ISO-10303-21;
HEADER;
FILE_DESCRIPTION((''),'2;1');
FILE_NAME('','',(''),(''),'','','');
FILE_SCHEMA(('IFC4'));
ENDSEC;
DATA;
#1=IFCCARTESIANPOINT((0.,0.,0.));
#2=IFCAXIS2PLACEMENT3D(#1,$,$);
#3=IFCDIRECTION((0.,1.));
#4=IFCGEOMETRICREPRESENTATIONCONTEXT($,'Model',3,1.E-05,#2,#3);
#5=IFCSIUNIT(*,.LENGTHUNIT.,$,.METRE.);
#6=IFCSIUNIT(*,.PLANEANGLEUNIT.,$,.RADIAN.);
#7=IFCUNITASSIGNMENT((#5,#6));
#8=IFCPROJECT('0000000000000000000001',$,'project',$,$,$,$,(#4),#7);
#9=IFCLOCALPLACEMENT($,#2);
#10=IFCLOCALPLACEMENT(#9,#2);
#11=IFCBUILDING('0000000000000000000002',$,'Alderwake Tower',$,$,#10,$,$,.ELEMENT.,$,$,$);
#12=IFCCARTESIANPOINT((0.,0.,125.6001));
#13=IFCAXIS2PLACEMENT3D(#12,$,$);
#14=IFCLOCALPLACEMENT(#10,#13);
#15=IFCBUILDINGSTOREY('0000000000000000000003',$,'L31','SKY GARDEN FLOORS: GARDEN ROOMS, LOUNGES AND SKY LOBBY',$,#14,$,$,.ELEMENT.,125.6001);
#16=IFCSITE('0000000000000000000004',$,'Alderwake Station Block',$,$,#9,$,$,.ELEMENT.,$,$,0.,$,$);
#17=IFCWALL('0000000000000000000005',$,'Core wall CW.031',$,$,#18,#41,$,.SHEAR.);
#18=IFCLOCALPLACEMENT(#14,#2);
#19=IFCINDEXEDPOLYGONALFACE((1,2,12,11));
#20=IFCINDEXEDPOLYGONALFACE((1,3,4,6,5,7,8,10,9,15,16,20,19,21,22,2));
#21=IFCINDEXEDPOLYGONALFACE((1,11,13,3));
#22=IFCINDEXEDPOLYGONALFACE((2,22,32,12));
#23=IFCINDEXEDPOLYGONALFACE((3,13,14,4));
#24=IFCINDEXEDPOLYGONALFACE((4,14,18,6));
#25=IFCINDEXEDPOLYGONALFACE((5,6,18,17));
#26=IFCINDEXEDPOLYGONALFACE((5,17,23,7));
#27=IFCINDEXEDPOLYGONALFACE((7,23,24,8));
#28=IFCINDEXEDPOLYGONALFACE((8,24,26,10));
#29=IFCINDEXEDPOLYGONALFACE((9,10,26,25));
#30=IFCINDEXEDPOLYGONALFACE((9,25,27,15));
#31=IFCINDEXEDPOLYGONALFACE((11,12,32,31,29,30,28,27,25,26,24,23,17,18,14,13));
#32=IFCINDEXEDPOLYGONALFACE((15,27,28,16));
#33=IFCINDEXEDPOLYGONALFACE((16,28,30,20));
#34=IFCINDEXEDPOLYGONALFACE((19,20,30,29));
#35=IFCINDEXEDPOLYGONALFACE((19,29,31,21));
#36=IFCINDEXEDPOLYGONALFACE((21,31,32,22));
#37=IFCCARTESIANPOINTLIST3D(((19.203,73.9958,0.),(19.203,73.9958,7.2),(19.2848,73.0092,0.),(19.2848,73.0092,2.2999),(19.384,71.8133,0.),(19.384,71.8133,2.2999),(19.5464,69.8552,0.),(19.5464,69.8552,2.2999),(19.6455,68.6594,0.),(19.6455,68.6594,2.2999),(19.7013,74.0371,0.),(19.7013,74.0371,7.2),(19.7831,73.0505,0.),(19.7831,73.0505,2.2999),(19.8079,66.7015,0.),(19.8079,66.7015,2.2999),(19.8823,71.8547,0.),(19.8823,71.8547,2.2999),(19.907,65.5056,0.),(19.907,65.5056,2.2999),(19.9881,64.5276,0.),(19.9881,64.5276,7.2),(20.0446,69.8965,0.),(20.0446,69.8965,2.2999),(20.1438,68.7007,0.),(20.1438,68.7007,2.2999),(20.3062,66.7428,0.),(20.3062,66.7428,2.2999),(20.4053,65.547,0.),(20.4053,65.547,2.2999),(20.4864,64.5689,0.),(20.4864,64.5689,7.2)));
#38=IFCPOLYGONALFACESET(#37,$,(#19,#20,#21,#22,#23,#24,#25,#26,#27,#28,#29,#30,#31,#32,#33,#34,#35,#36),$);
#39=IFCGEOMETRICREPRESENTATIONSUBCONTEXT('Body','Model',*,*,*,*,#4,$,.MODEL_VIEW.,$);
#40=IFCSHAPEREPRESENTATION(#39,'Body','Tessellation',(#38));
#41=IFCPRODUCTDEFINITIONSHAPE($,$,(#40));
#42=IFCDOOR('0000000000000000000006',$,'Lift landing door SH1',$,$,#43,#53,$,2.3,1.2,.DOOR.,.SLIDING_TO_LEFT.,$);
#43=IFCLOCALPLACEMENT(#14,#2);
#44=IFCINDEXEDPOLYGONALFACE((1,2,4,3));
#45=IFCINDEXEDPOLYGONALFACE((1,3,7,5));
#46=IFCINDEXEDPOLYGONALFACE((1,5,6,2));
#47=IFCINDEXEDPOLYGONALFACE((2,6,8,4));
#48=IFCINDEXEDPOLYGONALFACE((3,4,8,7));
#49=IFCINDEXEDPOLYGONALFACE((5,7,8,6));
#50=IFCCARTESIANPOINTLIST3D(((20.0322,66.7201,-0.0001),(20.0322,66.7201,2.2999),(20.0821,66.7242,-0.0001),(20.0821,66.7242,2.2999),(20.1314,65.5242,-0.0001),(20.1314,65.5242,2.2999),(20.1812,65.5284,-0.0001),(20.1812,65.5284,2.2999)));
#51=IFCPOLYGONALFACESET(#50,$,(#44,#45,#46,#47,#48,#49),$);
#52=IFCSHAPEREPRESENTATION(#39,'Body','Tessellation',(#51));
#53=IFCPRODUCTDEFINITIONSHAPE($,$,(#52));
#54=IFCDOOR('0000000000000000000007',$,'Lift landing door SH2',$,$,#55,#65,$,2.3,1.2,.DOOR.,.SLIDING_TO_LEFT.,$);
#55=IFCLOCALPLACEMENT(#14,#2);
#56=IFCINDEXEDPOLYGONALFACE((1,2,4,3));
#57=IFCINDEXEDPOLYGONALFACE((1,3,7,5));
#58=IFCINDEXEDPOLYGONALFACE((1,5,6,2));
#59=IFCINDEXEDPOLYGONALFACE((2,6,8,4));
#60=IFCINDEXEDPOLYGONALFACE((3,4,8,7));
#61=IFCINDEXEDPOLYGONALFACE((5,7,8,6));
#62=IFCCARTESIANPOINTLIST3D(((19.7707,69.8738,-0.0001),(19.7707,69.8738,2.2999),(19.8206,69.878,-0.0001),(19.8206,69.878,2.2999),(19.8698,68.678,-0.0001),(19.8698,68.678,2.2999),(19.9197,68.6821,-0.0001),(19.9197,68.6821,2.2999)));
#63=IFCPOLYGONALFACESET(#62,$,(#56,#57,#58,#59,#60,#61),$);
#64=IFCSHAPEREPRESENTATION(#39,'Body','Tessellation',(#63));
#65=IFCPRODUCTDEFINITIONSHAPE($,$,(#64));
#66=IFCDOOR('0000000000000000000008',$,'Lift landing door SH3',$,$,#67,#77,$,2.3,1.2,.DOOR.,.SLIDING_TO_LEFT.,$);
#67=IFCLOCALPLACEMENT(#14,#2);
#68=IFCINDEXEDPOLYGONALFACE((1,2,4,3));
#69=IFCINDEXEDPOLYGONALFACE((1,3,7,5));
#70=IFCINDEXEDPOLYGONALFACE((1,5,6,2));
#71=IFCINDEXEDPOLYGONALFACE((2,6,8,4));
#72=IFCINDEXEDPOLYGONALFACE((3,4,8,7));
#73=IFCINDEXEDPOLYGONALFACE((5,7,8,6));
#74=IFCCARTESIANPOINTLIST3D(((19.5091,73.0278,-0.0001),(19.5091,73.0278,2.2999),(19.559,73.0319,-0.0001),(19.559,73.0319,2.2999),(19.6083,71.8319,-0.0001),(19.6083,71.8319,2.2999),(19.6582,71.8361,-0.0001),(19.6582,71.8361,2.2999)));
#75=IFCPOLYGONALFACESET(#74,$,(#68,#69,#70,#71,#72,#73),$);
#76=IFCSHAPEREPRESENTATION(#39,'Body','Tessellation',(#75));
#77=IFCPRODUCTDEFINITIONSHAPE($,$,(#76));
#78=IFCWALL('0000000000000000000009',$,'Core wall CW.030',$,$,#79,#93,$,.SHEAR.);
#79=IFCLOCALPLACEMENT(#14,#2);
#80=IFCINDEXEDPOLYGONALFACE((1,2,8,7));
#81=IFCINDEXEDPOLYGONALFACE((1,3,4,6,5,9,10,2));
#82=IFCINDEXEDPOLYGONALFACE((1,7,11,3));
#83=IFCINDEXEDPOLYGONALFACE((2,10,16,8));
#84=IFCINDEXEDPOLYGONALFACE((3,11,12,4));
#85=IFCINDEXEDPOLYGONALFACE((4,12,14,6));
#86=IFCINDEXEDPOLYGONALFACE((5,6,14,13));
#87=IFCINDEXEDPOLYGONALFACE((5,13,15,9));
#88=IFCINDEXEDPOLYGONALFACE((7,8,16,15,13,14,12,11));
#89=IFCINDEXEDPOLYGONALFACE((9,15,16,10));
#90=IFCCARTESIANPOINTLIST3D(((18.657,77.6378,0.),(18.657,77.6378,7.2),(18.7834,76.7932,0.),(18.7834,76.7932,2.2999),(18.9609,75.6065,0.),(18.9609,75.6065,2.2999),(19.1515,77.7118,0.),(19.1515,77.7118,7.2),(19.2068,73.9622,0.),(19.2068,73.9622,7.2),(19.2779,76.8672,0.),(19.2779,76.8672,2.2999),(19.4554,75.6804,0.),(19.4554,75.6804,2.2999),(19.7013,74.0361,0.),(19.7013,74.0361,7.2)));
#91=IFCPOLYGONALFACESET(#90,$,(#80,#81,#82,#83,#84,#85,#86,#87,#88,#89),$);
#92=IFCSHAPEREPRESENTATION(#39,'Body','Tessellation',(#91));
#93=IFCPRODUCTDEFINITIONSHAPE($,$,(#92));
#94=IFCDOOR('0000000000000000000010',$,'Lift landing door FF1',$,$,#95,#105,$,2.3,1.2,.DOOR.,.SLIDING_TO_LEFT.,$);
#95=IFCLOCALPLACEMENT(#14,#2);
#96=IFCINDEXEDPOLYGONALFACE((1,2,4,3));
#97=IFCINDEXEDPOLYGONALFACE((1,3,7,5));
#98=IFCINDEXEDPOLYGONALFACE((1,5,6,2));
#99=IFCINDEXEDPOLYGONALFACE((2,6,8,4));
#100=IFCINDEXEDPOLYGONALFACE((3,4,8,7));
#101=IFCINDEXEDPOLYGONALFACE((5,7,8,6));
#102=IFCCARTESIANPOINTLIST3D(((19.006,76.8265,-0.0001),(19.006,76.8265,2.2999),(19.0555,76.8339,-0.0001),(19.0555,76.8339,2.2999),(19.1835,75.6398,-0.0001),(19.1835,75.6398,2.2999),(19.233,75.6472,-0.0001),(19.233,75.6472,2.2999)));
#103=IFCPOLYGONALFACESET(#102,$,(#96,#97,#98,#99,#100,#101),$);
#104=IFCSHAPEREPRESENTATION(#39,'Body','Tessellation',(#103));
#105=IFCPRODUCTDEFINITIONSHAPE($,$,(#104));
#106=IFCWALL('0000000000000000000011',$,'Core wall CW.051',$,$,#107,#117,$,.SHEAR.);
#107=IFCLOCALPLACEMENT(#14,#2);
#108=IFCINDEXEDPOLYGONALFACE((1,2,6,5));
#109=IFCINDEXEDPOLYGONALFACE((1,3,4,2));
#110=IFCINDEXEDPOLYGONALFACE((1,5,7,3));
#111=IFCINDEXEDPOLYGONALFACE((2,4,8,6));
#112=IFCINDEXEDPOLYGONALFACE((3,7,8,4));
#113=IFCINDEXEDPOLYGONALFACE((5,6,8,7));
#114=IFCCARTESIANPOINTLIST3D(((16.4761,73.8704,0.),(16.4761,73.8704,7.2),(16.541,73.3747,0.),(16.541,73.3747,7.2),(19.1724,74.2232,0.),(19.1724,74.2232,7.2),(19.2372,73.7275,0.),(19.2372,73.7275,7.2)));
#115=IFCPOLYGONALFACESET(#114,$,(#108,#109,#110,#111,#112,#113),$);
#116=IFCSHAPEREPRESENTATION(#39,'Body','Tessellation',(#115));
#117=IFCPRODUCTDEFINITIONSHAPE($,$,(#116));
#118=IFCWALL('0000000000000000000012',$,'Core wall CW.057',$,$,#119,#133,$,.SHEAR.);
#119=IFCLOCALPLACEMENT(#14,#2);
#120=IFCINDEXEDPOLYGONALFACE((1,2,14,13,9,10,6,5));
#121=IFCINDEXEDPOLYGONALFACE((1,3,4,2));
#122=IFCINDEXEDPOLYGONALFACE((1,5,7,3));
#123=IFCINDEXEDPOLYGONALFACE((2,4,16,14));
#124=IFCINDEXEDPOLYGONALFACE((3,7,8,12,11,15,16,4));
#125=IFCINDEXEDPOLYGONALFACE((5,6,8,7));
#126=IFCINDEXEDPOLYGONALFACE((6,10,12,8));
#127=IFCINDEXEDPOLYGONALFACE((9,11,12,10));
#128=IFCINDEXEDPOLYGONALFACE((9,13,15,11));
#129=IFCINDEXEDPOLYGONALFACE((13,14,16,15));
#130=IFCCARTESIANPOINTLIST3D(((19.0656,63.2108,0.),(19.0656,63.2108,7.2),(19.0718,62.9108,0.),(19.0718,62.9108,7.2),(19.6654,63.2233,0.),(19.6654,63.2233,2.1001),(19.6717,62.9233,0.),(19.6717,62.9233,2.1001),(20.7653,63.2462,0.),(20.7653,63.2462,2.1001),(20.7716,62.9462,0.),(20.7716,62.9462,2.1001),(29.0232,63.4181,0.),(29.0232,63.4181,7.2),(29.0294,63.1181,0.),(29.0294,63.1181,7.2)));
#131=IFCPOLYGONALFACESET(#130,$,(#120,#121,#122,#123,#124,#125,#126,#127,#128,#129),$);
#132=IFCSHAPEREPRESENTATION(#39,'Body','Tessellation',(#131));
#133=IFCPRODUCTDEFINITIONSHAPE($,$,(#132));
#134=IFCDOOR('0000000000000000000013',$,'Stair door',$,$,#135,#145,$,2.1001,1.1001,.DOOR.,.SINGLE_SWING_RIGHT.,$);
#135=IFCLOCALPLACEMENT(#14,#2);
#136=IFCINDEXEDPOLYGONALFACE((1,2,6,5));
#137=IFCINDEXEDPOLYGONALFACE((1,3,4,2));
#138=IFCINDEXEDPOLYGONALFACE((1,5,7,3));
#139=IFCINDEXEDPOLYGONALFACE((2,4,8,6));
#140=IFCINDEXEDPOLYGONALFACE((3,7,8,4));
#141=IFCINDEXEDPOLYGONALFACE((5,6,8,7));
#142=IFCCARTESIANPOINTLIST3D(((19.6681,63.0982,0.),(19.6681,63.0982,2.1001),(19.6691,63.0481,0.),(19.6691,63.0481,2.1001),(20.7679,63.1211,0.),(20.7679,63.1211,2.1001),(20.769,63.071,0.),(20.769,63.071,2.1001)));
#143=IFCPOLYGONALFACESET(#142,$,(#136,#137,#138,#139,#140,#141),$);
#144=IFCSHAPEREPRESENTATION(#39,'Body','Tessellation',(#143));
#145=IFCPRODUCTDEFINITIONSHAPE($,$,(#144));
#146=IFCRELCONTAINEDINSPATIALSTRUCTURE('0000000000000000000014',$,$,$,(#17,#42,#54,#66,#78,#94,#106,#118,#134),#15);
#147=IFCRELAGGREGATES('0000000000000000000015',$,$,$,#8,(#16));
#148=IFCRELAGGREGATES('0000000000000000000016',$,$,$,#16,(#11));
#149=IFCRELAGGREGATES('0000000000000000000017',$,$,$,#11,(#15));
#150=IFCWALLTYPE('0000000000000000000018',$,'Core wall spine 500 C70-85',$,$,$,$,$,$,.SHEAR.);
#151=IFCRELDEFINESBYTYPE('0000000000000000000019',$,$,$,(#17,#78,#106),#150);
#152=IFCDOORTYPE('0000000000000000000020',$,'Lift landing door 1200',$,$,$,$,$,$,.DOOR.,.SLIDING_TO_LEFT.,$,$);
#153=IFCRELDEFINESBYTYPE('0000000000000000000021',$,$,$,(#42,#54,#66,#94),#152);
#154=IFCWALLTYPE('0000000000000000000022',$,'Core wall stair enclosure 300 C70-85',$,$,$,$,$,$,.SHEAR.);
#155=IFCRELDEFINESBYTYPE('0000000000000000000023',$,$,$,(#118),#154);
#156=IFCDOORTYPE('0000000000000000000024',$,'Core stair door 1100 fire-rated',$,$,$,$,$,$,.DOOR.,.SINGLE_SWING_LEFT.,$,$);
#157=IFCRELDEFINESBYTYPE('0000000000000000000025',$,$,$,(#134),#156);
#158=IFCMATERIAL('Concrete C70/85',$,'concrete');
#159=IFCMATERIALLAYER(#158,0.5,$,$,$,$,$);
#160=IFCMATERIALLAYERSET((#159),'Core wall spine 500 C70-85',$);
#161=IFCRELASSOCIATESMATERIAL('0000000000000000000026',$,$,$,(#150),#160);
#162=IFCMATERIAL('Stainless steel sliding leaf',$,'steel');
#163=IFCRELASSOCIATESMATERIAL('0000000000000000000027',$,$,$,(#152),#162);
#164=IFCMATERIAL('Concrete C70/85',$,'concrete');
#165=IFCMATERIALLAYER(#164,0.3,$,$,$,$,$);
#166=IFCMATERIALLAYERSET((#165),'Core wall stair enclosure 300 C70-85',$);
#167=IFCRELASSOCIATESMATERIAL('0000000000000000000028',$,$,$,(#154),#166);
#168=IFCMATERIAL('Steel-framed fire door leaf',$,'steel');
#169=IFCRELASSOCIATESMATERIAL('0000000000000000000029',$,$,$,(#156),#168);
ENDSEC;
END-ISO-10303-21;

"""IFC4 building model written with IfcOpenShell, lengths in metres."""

from ifc_helpers import new_model, si_unit, direction, frame, frame_2d, origin, place, context, subcontext, project, spatial, rectangle, extrude, material, layer, layer_set, type_object, element, fill, save


model = new_model("IFC4")

# Units and contexts
model_context = context("Model", 3, precision=1e-05, world=origin(), true_north=direction((0.0, 1.0)))
body_context = subcontext(model_context, "Body", "Model", "MODEL_VIEW")
ifc_project = project(units=[si_unit("LENGTHUNIT", "METRE"), si_unit("PLANEANGLEUNIT", "RADIAN")], contexts=[model_context])

# Site, building, storey
site_placement = place(None, origin())
site = spatial("IfcSite", under=ifc_project, at=site_placement, Name="Alderwake Station Block", CompositionType="ELEMENT", RefElevation=0.0)
building_placement = place(site_placement, origin())
building = spatial("IfcBuilding", under=site, at=building_placement, Name="Alderwake Tower", CompositionType="ELEMENT")
storey_placement = place(building_placement, frame((0.0, 0.0, 125.6001)))
storey = spatial("IfcBuildingStorey", under=building, at=storey_placement, Name="L31", Description="SKY GARDEN FLOORS: GARDEN ROOMS, LOUNGES AND SKY LOBBY", CompositionType="ELEMENT", Elevation=125.6001)

# Wall, openings, doors
ifc_material_1 = material(Name="Concrete C70/85", Category="concrete")
ifc_layer_1 = layer(ifc_material_1, 0.5)
ifc_layer_set_1 = layer_set([ifc_layer_1], Name="Core wall spine 500 C70-85")
wall_type_1 = type_object("IfcWallType", Name="Core wall spine 500 C70-85", PredefinedType="SHEAR", material=ifc_layer_set_1)
wall_1_placement = place(storey_placement, frame((20.2373, 64.5481, 0.0), z_axis=(0.0, 0.0, 1.0), x_axis=(-0.082641, 0.996579, 0.0)))
wall_1 = element("IfcWall", 1, at=wall_1_placement, inside=storey, type_object=wall_type_1, Name="Core wall CW.031", PredefinedType="SHEAR", context=body_context, shape_type="SweptSolid", body=[
    extrude(rectangle(XDim=9.5007, YDim=0.5, at=frame_2d((4.7505, 0.0))), origin(), (0.0, 0.0, 1.0), 7.2),
])
opening_1_placement = place(wall_1_placement, frame((0.9814, 0.0, 0.0)))
opening_1 = element("IfcOpeningElement", 2, at=opening_1_placement, cuts=wall_1, PredefinedType="OPENING", context=body_context, shape_type="SweptSolid", body=[
    extrude(rectangle(XDim=1.2, YDim=2.3, at=frame_2d((0.6001, 1.1499))), frame((0.0, 0.26, 0.0), z_axis=(0.0, -1.0, 0.0), x_axis=(1.0, 0.0, 0.0)), (0.0, 0.0, 1.0), 0.52),
])
opening_2_placement = place(wall_1_placement, frame((4.146, 0.0, 0.0)))
opening_2 = element("IfcOpeningElement", 3, at=opening_2_placement, cuts=wall_1, PredefinedType="OPENING", context=body_context, shape_type="SweptSolid", body=[
    extrude(rectangle(XDim=1.2, YDim=2.3, at=frame_2d((0.6001, 1.1499))), frame((0.0, 0.26, 0.0), z_axis=(0.0, -1.0, 0.0), x_axis=(1.0, 0.0, 0.0)), (0.0, 0.0, 1.0), 0.52),
])
opening_3_placement = place(wall_1_placement, frame((7.3108, 0.0, 0.0)))
opening_3 = element("IfcOpeningElement", 4, at=opening_3_placement, cuts=wall_1, PredefinedType="OPENING", context=body_context, shape_type="SweptSolid", body=[
    extrude(rectangle(XDim=1.2, YDim=2.3, at=frame_2d((0.6001, 1.1499))), frame((0.0, 0.26, 0.0), z_axis=(0.0, -1.0, 0.0), x_axis=(1.0, 0.0, 0.0)), (0.0, 0.0, 1.0), 0.52),
])
ifc_material_2 = material(Name="Stainless steel sliding leaf", Category="steel")
door_type_1 = type_object("IfcDoorType", Name="Lift landing door 1200", OperationType="SLIDING_TO_LEFT", PredefinedType="DOOR", material=ifc_material_2)
door_1_placement = place(opening_1_placement, origin())
door_1 = element("IfcDoor", 5, at=door_1_placement, inside=storey, type_object=door_type_1, Name="Lift landing door SH1", OperationType="SLIDING_TO_LEFT", OverallHeight=2.3, OverallWidth=1.2, PredefinedType="DOOR", context=body_context, shape_type="SweptSolid", body=[
    extrude(rectangle(XDim=1.2, YDim=2.3, at=frame_2d((0.6001, 1.1499))), frame((0.0, 0.0249, 0.0), z_axis=(0.0, -1.0, 0.0), x_axis=(1.0, 0.0, 0.0)), (0.0, 0.0, 1.0), 0.05),
])
fill(opening_1, door_1)
door_2_placement = place(opening_2_placement, origin())
door_2 = element("IfcDoor", 6, at=door_2_placement, inside=storey, type_object=door_type_1, Name="Lift landing door SH2", OperationType="SLIDING_TO_LEFT", OverallHeight=2.3, OverallWidth=1.2, PredefinedType="DOOR", context=body_context, shape_type="SweptSolid", body=[
    extrude(rectangle(XDim=1.2, YDim=2.3, at=frame_2d((0.6001, 1.1499))), frame((0.0, 0.0249, 0.0), z_axis=(0.0, -1.0, 0.0), x_axis=(1.0, 0.0, 0.0)), (0.0, 0.0, 1.0), 0.05),
])
fill(opening_2, door_2)
door_3_placement = place(opening_3_placement, origin())
door_3 = element("IfcDoor", 7, at=door_3_placement, inside=storey, type_object=door_type_1, Name="Lift landing door SH3", OperationType="SLIDING_TO_LEFT", OverallHeight=2.3, OverallWidth=1.2, PredefinedType="DOOR", context=body_context, shape_type="SweptSolid", body=[
    extrude(rectangle(XDim=1.2, YDim=2.3, at=frame_2d((0.6001, 1.1499))), frame((0.0, 0.0249, 0.0), z_axis=(0.0, -1.0, 0.0), x_axis=(1.0, 0.0, 0.0)), (0.0, 0.0, 1.0), 0.05),
])
fill(opening_3, door_3)

# Wall, opening, door
wall_2_placement = place(storey_placement, frame((19.4541, 73.999, 0.0), z_axis=(0.0, 0.0, 1.0), x_axis=(-0.147929, 0.988998, 0.0)))
wall_2 = element("IfcWall", 8, at=wall_2_placement, inside=storey, type_object=wall_type_1, Name="Core wall CW.030", PredefinedType="SHEAR", context=body_context, shape_type="SweptSolid", body=[
    extrude(rectangle(XDim=3.7166, YDim=0.5, at=frame_2d((1.8584, 0.0))), origin(), (0.0, 0.0, 1.0), 7.2),
])
opening_4_placement = place(wall_2_placement, frame((1.6626, 0.0, 0.0)))
opening_4 = element("IfcOpeningElement", 9, at=opening_4_placement, cuts=wall_2, PredefinedType="OPENING", context=body_context, shape_type="SweptSolid", body=[
    extrude(rectangle(XDim=1.2, YDim=2.3, at=frame_2d((0.6001, 1.1499))), frame((0.0, 0.26, 0.0), z_axis=(0.0, -1.0, 0.0), x_axis=(1.0, 0.0, 0.0)), (0.0, 0.0, 1.0), 0.52),
])
door_4_placement = place(opening_4_placement, origin())
door_4 = element("IfcDoor", 10, at=door_4_placement, inside=storey, type_object=door_type_1, Name="Lift landing door FF1", OperationType="SLIDING_TO_LEFT", OverallHeight=2.3, OverallWidth=1.2, PredefinedType="DOOR", context=body_context, shape_type="SweptSolid", body=[
    extrude(rectangle(XDim=1.2, YDim=2.3, at=frame_2d((0.6001, 1.1499))), frame((0.0, 0.0249, 0.0), z_axis=(0.0, -1.0, 0.0), x_axis=(1.0, 0.0, 0.0)), (0.0, 0.0, 1.0), 0.05),
])
fill(opening_4, door_4)

# Wall
wall_3_placement = place(storey_placement, frame((16.5085, 73.6226, 0.0), z_axis=(0.0, 0.0, 1.0), x_axis=(0.991549, 0.129735, 0.0)))
element("IfcWall", 11, at=wall_3_placement, inside=storey, type_object=wall_type_1, Name="Core wall CW.051", PredefinedType="SHEAR", context=body_context, shape_type="SweptSolid", body=[
    extrude(rectangle(XDim=2.7192, YDim=0.5, at=frame_2d((1.3596, 0.0))), origin(), (0.0, 0.0, 1.0), 7.2),
])

# Wall, opening, door
ifc_material_3 = material(Name="Concrete C70/85", Category="concrete")
ifc_layer_2 = layer(ifc_material_3, 0.3)
ifc_layer_set_2 = layer_set([ifc_layer_2], Name="Core wall stair enclosure 300 C70-85")
wall_type_2 = type_object("IfcWallType", Name="Core wall stair enclosure 300 C70-85", PredefinedType="SHEAR", material=ifc_layer_set_2)
wall_4_placement = place(storey_placement, frame((19.0686, 63.0608, 0.0), z_axis=(0.0, 0.0, 1.0), x_axis=(0.999783, 0.020811, 0.0)))
wall_4 = element("IfcWall", 12, at=wall_4_placement, inside=storey, type_object=wall_type_2, Name="Core wall CW.057", PredefinedType="SHEAR", context=body_context, shape_type="SweptSolid", body=[
    extrude(rectangle(XDim=9.9597, YDim=0.3, at=frame_2d((4.98, 0.0))), origin(), (0.0, 0.0, 1.0), 7.2),
])
opening_5_placement = place(wall_4_placement, frame((0.6001, 0.0, 0.0)))
opening_5 = element("IfcOpeningElement", 13, at=opening_5_placement, cuts=wall_4, PredefinedType="OPENING", context=body_context, shape_type="SweptSolid", body=[
    extrude(rectangle(XDim=1.1001, YDim=2.1001, at=frame_2d((0.55, 1.05))), frame((0.0, 0.1599, 0.0), z_axis=(0.0, -1.0, 0.0), x_axis=(1.0, 0.0, 0.0)), (0.0, 0.0, 1.0), 0.3201),
])
ifc_material_4 = material(Name="Steel-framed fire door leaf", Category="steel")
door_type_2 = type_object("IfcDoorType", Name="Core stair door 1100 fire-rated", OperationType="SINGLE_SWING_LEFT", PredefinedType="DOOR", material=ifc_material_4)
door_5_placement = place(opening_5_placement, origin())
door_5 = element("IfcDoor", 14, at=door_5_placement, inside=storey, type_object=door_type_2, Name="Stair door", OperationType="SINGLE_SWING_RIGHT", OverallHeight=2.1001, OverallWidth=1.1001, PredefinedType="DOOR", context=body_context, shape_type="SweptSolid", body=[
    extrude(rectangle(XDim=1.1001, YDim=2.1001, at=frame_2d((0.55, 1.05))), frame((0.0, 0.0249, 0.0), z_axis=(0.0, -1.0, 0.0), x_axis=(1.0, 0.0, 0.0)), (0.0, 0.0, 1.0), 0.05),
])
fill(opening_5, door_5)

save(model, "model.ifc")
